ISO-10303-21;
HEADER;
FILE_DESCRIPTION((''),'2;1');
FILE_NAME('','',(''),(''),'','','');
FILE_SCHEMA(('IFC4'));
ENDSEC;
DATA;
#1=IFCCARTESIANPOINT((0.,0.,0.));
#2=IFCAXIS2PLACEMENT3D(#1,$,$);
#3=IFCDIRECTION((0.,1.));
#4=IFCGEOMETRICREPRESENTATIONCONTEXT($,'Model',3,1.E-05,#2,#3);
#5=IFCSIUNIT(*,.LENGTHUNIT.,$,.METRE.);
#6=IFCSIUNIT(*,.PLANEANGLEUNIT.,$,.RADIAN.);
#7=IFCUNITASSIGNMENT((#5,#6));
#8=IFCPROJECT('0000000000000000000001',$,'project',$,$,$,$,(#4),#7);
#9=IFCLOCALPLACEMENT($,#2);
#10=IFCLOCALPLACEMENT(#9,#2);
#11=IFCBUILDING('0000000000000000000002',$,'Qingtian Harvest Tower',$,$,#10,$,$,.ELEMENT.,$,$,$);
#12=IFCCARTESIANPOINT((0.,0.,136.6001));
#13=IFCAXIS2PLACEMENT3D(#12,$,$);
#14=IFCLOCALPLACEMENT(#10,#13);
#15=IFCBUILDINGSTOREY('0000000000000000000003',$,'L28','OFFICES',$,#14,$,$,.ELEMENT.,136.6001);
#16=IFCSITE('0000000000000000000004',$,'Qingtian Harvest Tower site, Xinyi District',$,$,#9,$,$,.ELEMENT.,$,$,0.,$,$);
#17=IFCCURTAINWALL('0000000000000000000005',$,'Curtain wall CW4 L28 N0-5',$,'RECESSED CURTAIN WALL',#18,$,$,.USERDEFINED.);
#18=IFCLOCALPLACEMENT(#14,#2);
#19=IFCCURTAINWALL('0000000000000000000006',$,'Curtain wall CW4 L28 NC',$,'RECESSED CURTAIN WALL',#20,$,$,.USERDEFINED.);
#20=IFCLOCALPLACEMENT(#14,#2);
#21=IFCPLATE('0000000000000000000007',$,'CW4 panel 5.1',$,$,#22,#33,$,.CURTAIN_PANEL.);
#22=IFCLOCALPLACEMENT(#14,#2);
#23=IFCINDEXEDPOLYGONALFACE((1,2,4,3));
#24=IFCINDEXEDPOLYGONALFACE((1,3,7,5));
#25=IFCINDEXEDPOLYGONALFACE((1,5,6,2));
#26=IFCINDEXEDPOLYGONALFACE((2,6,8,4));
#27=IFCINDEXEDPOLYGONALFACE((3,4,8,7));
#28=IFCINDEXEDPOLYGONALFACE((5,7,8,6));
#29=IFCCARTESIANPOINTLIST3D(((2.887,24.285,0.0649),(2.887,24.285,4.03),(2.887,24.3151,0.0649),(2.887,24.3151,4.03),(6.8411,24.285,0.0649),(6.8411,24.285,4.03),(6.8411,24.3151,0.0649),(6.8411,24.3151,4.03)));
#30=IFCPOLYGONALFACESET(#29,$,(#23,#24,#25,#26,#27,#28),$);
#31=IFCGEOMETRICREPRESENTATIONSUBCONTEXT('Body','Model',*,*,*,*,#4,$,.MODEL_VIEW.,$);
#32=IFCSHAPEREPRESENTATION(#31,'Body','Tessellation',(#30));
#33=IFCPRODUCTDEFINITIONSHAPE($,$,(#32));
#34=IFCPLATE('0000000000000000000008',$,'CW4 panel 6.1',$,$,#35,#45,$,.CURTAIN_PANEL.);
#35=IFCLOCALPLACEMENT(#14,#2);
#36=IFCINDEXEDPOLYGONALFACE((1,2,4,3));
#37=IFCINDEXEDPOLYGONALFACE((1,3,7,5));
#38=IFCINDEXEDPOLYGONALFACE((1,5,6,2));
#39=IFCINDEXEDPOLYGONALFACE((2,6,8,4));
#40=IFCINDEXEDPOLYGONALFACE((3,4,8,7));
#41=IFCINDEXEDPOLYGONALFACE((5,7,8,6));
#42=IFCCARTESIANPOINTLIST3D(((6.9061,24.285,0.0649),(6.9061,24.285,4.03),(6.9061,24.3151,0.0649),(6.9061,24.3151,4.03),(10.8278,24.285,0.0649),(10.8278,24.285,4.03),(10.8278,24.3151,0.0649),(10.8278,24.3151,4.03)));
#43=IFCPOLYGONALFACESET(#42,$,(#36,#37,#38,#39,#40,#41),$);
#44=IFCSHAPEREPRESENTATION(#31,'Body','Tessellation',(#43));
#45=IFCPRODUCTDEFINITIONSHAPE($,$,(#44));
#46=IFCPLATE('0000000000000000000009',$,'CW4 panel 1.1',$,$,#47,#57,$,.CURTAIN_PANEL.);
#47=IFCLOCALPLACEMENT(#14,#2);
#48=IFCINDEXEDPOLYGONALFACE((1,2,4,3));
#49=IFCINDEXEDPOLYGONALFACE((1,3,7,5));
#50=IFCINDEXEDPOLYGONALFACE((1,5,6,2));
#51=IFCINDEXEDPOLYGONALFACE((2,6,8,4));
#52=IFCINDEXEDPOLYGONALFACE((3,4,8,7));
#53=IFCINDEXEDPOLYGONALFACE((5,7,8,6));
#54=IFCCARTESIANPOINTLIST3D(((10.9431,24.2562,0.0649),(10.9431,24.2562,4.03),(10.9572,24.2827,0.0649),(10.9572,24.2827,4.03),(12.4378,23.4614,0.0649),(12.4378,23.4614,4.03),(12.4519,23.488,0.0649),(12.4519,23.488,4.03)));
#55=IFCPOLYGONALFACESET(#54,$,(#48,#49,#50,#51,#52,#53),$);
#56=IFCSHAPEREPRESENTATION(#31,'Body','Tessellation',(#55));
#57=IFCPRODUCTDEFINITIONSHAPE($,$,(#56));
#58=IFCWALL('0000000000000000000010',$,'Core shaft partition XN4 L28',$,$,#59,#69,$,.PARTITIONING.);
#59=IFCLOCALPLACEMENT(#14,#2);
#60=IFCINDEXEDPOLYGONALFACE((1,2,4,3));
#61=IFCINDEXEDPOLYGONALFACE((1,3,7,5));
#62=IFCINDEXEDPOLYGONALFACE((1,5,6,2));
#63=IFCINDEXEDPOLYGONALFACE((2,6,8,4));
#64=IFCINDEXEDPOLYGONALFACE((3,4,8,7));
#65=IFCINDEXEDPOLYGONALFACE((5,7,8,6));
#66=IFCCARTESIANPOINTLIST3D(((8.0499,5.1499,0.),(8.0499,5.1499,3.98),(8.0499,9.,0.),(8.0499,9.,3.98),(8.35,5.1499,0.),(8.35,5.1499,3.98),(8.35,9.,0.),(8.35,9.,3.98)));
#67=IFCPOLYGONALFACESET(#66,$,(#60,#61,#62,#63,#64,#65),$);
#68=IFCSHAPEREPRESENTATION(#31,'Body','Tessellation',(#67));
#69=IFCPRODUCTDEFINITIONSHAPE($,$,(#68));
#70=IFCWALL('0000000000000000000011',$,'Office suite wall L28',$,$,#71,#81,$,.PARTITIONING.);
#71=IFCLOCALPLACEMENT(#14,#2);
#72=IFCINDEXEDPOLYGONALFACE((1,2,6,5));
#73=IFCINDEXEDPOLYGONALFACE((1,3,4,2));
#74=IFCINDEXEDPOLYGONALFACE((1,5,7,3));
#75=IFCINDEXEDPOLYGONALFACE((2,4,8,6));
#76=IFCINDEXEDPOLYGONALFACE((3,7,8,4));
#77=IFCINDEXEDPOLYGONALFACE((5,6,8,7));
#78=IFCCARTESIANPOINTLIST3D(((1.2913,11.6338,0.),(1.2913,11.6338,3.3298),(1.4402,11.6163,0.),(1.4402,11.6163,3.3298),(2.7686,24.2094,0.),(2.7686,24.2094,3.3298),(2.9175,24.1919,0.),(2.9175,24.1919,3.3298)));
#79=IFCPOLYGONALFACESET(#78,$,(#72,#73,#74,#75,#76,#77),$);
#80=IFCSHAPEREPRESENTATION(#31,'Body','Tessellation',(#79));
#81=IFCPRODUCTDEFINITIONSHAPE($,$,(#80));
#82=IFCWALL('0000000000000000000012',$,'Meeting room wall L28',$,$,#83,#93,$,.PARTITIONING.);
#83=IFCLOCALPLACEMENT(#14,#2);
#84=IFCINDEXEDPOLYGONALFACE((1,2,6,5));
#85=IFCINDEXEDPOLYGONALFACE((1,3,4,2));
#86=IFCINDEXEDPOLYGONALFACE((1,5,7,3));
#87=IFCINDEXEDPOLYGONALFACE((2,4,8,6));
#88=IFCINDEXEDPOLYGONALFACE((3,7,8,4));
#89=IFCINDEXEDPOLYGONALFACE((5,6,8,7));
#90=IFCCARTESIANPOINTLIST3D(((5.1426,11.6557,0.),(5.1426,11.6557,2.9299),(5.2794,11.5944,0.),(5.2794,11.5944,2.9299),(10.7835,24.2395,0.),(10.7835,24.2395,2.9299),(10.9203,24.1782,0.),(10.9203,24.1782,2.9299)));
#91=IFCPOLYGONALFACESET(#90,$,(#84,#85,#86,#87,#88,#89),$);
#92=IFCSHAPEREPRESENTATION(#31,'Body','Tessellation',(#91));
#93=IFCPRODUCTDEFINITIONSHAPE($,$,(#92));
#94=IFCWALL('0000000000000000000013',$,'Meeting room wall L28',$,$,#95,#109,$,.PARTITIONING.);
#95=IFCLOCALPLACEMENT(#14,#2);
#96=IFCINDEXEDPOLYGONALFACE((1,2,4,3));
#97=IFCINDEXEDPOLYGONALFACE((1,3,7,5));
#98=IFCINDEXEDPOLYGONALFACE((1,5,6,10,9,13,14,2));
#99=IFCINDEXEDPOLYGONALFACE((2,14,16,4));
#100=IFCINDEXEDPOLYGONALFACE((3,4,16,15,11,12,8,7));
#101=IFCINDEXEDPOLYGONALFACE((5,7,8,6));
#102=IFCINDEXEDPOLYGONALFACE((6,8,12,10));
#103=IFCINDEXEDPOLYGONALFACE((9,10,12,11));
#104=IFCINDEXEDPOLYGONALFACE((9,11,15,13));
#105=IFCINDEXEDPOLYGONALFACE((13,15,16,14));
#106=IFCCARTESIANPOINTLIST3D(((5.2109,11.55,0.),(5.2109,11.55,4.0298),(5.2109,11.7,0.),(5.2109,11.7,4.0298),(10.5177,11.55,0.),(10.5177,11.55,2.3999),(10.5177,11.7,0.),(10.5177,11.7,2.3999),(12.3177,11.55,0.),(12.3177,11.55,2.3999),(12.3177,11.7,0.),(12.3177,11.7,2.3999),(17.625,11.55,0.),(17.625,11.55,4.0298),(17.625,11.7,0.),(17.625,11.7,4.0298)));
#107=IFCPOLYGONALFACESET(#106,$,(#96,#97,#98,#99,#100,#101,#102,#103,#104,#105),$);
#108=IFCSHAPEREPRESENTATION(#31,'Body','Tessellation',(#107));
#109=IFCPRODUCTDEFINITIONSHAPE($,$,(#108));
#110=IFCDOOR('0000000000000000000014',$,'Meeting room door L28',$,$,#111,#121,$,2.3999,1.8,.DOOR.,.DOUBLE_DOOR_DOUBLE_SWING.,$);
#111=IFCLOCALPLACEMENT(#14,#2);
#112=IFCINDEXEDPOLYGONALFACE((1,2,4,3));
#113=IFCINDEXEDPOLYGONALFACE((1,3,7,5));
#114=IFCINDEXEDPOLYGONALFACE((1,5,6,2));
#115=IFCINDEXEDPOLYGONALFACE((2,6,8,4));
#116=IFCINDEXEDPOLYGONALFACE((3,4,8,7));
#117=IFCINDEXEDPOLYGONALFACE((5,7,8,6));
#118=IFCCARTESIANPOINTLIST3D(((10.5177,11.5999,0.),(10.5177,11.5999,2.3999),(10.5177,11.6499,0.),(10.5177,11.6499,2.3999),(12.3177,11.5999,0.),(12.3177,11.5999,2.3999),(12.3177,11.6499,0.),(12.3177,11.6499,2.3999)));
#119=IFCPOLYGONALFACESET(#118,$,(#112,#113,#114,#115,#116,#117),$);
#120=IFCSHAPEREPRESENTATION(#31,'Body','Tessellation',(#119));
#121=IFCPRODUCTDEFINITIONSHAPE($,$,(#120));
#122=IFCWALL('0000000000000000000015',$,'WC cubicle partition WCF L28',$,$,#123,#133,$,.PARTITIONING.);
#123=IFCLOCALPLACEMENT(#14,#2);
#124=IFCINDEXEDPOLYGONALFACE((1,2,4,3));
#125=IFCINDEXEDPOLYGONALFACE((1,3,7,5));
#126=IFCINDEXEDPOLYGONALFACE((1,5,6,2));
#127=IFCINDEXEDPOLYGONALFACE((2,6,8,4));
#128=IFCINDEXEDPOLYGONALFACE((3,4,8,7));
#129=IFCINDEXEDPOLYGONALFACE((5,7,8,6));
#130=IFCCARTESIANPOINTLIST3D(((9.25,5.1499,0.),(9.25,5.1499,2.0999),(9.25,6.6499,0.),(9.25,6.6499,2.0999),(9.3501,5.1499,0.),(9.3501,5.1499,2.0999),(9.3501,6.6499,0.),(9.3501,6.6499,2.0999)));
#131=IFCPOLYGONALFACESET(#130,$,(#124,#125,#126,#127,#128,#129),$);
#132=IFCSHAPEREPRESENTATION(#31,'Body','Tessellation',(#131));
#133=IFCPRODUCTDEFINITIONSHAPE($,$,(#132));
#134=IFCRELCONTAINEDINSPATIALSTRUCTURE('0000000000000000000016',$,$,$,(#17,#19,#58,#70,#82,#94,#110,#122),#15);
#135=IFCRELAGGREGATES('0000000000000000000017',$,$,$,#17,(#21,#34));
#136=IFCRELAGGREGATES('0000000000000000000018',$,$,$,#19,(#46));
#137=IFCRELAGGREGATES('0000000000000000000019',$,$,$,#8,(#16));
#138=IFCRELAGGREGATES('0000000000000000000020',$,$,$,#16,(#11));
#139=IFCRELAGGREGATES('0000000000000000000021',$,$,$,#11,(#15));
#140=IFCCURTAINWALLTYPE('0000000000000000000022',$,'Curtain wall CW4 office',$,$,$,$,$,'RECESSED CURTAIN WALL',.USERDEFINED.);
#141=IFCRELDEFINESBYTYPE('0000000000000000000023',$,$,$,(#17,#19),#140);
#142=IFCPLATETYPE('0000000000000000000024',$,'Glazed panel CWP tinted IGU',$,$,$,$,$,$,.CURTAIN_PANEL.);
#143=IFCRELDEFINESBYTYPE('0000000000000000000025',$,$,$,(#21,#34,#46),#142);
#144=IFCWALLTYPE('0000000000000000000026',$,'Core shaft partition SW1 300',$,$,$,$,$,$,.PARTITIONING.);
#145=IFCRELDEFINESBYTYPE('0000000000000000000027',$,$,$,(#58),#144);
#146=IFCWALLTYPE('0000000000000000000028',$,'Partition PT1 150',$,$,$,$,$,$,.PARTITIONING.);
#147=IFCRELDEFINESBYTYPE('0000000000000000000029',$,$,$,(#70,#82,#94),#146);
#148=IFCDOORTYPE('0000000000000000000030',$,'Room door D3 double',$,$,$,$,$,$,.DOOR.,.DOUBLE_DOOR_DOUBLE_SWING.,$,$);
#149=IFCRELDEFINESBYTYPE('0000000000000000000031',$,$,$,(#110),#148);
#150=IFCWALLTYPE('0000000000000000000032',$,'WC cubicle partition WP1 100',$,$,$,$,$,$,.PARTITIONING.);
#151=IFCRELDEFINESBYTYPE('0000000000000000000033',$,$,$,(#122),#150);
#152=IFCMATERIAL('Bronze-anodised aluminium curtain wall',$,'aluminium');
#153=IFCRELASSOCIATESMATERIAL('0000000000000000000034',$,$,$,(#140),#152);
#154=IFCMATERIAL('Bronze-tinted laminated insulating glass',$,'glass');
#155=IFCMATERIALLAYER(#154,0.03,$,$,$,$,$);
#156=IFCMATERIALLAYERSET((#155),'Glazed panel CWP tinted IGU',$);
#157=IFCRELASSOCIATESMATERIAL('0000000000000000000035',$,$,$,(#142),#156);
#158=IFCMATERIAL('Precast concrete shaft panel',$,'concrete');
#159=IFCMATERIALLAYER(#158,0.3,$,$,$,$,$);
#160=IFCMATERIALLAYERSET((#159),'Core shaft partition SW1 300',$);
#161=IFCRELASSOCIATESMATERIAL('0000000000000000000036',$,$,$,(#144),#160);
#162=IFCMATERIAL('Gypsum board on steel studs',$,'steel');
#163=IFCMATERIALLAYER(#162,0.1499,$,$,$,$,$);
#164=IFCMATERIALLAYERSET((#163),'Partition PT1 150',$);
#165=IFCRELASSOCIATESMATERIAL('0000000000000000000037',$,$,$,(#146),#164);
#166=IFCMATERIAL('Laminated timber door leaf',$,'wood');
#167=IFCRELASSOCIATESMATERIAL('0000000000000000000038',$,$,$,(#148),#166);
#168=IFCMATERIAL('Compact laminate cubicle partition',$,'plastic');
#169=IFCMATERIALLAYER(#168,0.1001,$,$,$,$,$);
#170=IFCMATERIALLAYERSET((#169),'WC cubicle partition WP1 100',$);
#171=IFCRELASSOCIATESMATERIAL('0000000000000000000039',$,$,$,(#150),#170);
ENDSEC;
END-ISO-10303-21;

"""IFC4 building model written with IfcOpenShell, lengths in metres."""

from ifc_helpers import new_model, si_unit, direction, frame, frame_2d, origin, origin_2d, place, context, subcontext, project, spatial, rectangle, extrude, material, layer, layer_set, type_object, element, fill, aggregate, save


model = new_model("IFC4")

# Units and contexts
model_context = context("Model", 3, precision=1e-05, world=origin(), true_north=direction((0.0, 1.0)))
body_context = subcontext(model_context, "Body", "Model", "MODEL_VIEW")
ifc_project = project(units=[si_unit("LENGTHUNIT", "METRE"), si_unit("PLANEANGLEUNIT", "RADIAN")], contexts=[model_context])

# Site, building, storey
site_placement = place(None, origin())
site = spatial("IfcSite", under=ifc_project, at=site_placement, Name="Qingtian Harvest Tower site, Xinyi District", CompositionType="ELEMENT", RefElevation=0.0)
building_placement = place(site_placement, origin())
building = spatial("IfcBuilding", under=site, at=building_placement, Name="Qingtian Harvest Tower", CompositionType="ELEMENT")
storey_placement = place(building_placement, frame((0.0, 0.0, 136.6001)))
storey = spatial("IfcBuildingStorey", under=building, at=storey_placement, Name="L28", Description="OFFICES", CompositionType="ELEMENT", Elevation=136.6001)

# Curtain walls
ifc_material_1 = material(Name="Bronze-anodised aluminium curtain wall", Category="aluminium")
curtain_wall_type = type_object("IfcCurtainWallType", Name="Curtain wall CW4 office", ElementType="RECESSED CURTAIN WALL", PredefinedType="USERDEFINED", material=ifc_material_1)
curtain_wall_1_placement = place(storey_placement, origin())
curtain_wall_1 = element("IfcCurtainWall", 1, at=curtain_wall_1_placement, inside=storey, type_object=curtain_wall_type, Name="Curtain wall CW4 L28 N0-5", ObjectType="RECESSED CURTAIN WALL", PredefinedType="USERDEFINED")
curtain_wall_2_placement = place(storey_placement, origin())
curtain_wall_2 = element("IfcCurtainWall", 2, at=curtain_wall_2_placement, inside=storey, type_object=curtain_wall_type, Name="Curtain wall CW4 L28 NC", ObjectType="RECESSED CURTAIN WALL", PredefinedType="USERDEFINED")

# Plates
ifc_material_2 = material(Name="Bronze-tinted laminated insulating glass", Category="glass")
ifc_layer_1 = layer(ifc_material_2, 0.03)
ifc_layer_set_1 = layer_set([ifc_layer_1], Name="Glazed panel CWP tinted IGU")
plate_type = type_object("IfcPlateType", Name="Glazed panel CWP tinted IGU", PredefinedType="CURTAIN_PANEL", material=ifc_layer_set_1)
plate_1_placement = place(storey_placement, frame((4.864, 24.3, 0.0649), z_axis=(0.0, 0.0, 1.0), x_axis=(1.0, 0.0, 0.0)))
plate_1 = element("IfcPlate", 3, at=plate_1_placement, type_object=plate_type, Name="CW4 panel 5.1", PredefinedType="CURTAIN_PANEL", context=body_context, shape_type="SweptSolid", body=[
    extrude(rectangle(XDim=3.9541, YDim=0.03, at=origin_2d()), origin(), (0.0, 0.0, 1.0), 3.9651),
])
plate_2_placement = place(storey_placement, frame((8.8669, 24.3, 0.0649), z_axis=(0.0, 0.0, 1.0), x_axis=(1.0, 0.0, 0.0)))
plate_2 = element("IfcPlate", 4, at=plate_2_placement, type_object=plate_type, Name="CW4 panel 6.1", PredefinedType="CURTAIN_PANEL", context=body_context, shape_type="SweptSolid", body=[
    extrude(rectangle(XDim=3.9216, YDim=0.03, at=origin_2d()), origin(), (0.0, 0.0, 1.0), 3.9651),
])
aggregate(curtain_wall_1, [plate_1, plate_2])
plate_3_placement = place(storey_placement, frame((11.6975, 23.8721, 0.0649), z_axis=(0.0, 0.0, 1.0), x_axis=(0.882948, -0.469472, 0.0)))
plate_3 = element("IfcPlate", 5, at=plate_3_placement, type_object=plate_type, Name="CW4 panel 1.1", PredefinedType="CURTAIN_PANEL", context=body_context, shape_type="SweptSolid", body=[
    extrude(rectangle(XDim=1.6929, YDim=0.03, at=origin_2d()), origin(), (0.0, 0.0, 1.0), 3.9651),
])
aggregate(curtain_wall_2, [plate_3])

# Walls
ifc_material_3 = material(Name="Precast concrete shaft panel", Category="concrete")
ifc_layer_2 = layer(ifc_material_3, 0.3)
ifc_layer_set_2 = layer_set([ifc_layer_2], Name="Core shaft partition SW1 300")
wall_type_1 = type_object("IfcWallType", Name="Core shaft partition SW1 300", PredefinedType="PARTITIONING", material=ifc_layer_set_2)
wall_1_placement = place(storey_placement, frame((8.2, 5.1499, 0.0), z_axis=(0.0, 0.0, 1.0), x_axis=(0.0, 1.0, 0.0)))
element("IfcWall", 6, at=wall_1_placement, inside=storey, type_object=wall_type_1, Name="Core shaft partition XN4 L28", PredefinedType="PARTITIONING", context=body_context, shape_type="SweptSolid", body=[
    extrude(rectangle(XDim=3.8501, YDim=0.3, at=frame_2d((1.925, 0.0))), origin(), (0.0, 0.0, 1.0), 3.98),
])
ifc_material_4 = material(Name="Gypsum board on steel studs", Category="steel")
ifc_layer_3 = layer(ifc_material_4, 0.1499)
ifc_layer_set_3 = layer_set([ifc_layer_3], Name="Partition PT1 150")
wall_type_2 = type_object("IfcWallType", Name="Partition PT1 150", PredefinedType="PARTITIONING", material=ifc_layer_set_3)
wall_2_placement = place(storey_placement, frame((2.843, 24.2007, 0.0), z_axis=(0.0, 0.0, 1.0), x_axis=(-0.11667, -0.993171, 0.0)))
element("IfcWall", 7, at=wall_2_placement, inside=storey, type_object=wall_type_2, Name="Office suite wall L28", PredefinedType="PARTITIONING", context=body_context, shape_type="SweptSolid", body=[
    extrude(rectangle(XDim=12.6621, YDim=0.1499, at=frame_2d((6.3311, 0.0))), origin(), (0.0, 0.0, 1.0), 3.3298),
])

# Wall
wall_3_placement = place(storey_placement, frame((10.8518, 24.2087, 0.0), z_axis=(0.0, 0.0, 1.0), x_axis=(-0.409049, -0.912513, 0.0)))
element("IfcWall", 8, at=wall_3_placement, inside=storey, type_object=wall_type_2, Name="Meeting room wall L28", PredefinedType="PARTITIONING", context=body_context, shape_type="SweptSolid", body=[
    extrude(rectangle(XDim=13.7903, YDim=0.1499, at=frame_2d((6.895, 0.0))), origin(), (0.0, 0.0, 1.0), 2.9299),
])

# Wall, opening, door
wall_4_placement = place(storey_placement, frame((5.2109, 11.625, 0.0), z_axis=(0.0, 0.0, 1.0), x_axis=(1.0, 0.0, 0.0)))
wall_4 = element("IfcWall", 9, at=wall_4_placement, inside=storey, type_object=wall_type_2, Name="Meeting room wall L28", PredefinedType="PARTITIONING", context=body_context, shape_type="SweptSolid", body=[
    extrude(rectangle(XDim=12.4141, YDim=0.1499, at=frame_2d((6.207, 0.0))), origin(), (0.0, 0.0, 1.0), 4.0298),
])
opening_1_placement = place(wall_4_placement, frame((5.3069, 0.0, 0.0)))
opening_1 = element("IfcOpeningElement", 10, at=opening_1_placement, cuts=wall_4, PredefinedType="OPENING", context=body_context, shape_type="SweptSolid", body=[
    extrude(rectangle(XDim=1.8, YDim=2.3999, at=frame_2d((0.8999, 1.2))), frame((0.0, 0.085, 0.0), z_axis=(0.0, -1.0, 0.0), x_axis=(1.0, 0.0, 0.0)), (0.0, 0.0, 1.0), 0.1699),
])
ifc_material_5 = material(Name="Laminated timber door leaf", Category="wood")
door_type_1 = type_object("IfcDoorType", Name="Room door D3 double", OperationType="DOUBLE_DOOR_DOUBLE_SWING", PredefinedType="DOOR", material=ifc_material_5)
door_1_placement = place(opening_1_placement, origin())
door_1 = element("IfcDoor", 11, at=door_1_placement, inside=storey, type_object=door_type_1, Name="Meeting room door L28", OperationType="DOUBLE_DOOR_DOUBLE_SWING", OverallHeight=2.3999, OverallWidth=1.8, PredefinedType="DOOR", context=body_context, shape_type="SweptSolid", body=[
    extrude(rectangle(XDim=1.8, YDim=2.3999, at=frame_2d((0.8999, 1.2))), frame((0.0, 0.0249, 0.0), z_axis=(0.0, -1.0, 0.0), x_axis=(1.0, 0.0, 0.0)), (0.0, 0.0, 1.0), 0.05),
])
fill(opening_1, door_1)

# Wall
ifc_material_6 = material(Name="Compact laminate cubicle partition", Category="plastic")
ifc_layer_4 = layer(ifc_material_6, 0.1001)
ifc_layer_set_4 = layer_set([ifc_layer_4], Name="WC cubicle partition WP1 100")
wall_type_3 = type_object("IfcWallType", Name="WC cubicle partition WP1 100", PredefinedType="PARTITIONING", material=ifc_layer_set_4)
wall_5_placement = place(storey_placement, frame((9.3, 5.1499, 0.0), z_axis=(0.0, 0.0, 1.0), x_axis=(0.0, 1.0, 0.0)))
element("IfcWall", 12, at=wall_5_placement, inside=storey, type_object=wall_type_3, Name="WC cubicle partition WCF L28", PredefinedType="PARTITIONING", context=body_context, shape_type="SweptSolid", body=[
    extrude(rectangle(XDim=1.5, YDim=0.1001, at=frame_2d((0.75, 0.0))), origin(), (0.0, 0.0, 1.0), 2.0999),
])

save(model, "model.ifc")
